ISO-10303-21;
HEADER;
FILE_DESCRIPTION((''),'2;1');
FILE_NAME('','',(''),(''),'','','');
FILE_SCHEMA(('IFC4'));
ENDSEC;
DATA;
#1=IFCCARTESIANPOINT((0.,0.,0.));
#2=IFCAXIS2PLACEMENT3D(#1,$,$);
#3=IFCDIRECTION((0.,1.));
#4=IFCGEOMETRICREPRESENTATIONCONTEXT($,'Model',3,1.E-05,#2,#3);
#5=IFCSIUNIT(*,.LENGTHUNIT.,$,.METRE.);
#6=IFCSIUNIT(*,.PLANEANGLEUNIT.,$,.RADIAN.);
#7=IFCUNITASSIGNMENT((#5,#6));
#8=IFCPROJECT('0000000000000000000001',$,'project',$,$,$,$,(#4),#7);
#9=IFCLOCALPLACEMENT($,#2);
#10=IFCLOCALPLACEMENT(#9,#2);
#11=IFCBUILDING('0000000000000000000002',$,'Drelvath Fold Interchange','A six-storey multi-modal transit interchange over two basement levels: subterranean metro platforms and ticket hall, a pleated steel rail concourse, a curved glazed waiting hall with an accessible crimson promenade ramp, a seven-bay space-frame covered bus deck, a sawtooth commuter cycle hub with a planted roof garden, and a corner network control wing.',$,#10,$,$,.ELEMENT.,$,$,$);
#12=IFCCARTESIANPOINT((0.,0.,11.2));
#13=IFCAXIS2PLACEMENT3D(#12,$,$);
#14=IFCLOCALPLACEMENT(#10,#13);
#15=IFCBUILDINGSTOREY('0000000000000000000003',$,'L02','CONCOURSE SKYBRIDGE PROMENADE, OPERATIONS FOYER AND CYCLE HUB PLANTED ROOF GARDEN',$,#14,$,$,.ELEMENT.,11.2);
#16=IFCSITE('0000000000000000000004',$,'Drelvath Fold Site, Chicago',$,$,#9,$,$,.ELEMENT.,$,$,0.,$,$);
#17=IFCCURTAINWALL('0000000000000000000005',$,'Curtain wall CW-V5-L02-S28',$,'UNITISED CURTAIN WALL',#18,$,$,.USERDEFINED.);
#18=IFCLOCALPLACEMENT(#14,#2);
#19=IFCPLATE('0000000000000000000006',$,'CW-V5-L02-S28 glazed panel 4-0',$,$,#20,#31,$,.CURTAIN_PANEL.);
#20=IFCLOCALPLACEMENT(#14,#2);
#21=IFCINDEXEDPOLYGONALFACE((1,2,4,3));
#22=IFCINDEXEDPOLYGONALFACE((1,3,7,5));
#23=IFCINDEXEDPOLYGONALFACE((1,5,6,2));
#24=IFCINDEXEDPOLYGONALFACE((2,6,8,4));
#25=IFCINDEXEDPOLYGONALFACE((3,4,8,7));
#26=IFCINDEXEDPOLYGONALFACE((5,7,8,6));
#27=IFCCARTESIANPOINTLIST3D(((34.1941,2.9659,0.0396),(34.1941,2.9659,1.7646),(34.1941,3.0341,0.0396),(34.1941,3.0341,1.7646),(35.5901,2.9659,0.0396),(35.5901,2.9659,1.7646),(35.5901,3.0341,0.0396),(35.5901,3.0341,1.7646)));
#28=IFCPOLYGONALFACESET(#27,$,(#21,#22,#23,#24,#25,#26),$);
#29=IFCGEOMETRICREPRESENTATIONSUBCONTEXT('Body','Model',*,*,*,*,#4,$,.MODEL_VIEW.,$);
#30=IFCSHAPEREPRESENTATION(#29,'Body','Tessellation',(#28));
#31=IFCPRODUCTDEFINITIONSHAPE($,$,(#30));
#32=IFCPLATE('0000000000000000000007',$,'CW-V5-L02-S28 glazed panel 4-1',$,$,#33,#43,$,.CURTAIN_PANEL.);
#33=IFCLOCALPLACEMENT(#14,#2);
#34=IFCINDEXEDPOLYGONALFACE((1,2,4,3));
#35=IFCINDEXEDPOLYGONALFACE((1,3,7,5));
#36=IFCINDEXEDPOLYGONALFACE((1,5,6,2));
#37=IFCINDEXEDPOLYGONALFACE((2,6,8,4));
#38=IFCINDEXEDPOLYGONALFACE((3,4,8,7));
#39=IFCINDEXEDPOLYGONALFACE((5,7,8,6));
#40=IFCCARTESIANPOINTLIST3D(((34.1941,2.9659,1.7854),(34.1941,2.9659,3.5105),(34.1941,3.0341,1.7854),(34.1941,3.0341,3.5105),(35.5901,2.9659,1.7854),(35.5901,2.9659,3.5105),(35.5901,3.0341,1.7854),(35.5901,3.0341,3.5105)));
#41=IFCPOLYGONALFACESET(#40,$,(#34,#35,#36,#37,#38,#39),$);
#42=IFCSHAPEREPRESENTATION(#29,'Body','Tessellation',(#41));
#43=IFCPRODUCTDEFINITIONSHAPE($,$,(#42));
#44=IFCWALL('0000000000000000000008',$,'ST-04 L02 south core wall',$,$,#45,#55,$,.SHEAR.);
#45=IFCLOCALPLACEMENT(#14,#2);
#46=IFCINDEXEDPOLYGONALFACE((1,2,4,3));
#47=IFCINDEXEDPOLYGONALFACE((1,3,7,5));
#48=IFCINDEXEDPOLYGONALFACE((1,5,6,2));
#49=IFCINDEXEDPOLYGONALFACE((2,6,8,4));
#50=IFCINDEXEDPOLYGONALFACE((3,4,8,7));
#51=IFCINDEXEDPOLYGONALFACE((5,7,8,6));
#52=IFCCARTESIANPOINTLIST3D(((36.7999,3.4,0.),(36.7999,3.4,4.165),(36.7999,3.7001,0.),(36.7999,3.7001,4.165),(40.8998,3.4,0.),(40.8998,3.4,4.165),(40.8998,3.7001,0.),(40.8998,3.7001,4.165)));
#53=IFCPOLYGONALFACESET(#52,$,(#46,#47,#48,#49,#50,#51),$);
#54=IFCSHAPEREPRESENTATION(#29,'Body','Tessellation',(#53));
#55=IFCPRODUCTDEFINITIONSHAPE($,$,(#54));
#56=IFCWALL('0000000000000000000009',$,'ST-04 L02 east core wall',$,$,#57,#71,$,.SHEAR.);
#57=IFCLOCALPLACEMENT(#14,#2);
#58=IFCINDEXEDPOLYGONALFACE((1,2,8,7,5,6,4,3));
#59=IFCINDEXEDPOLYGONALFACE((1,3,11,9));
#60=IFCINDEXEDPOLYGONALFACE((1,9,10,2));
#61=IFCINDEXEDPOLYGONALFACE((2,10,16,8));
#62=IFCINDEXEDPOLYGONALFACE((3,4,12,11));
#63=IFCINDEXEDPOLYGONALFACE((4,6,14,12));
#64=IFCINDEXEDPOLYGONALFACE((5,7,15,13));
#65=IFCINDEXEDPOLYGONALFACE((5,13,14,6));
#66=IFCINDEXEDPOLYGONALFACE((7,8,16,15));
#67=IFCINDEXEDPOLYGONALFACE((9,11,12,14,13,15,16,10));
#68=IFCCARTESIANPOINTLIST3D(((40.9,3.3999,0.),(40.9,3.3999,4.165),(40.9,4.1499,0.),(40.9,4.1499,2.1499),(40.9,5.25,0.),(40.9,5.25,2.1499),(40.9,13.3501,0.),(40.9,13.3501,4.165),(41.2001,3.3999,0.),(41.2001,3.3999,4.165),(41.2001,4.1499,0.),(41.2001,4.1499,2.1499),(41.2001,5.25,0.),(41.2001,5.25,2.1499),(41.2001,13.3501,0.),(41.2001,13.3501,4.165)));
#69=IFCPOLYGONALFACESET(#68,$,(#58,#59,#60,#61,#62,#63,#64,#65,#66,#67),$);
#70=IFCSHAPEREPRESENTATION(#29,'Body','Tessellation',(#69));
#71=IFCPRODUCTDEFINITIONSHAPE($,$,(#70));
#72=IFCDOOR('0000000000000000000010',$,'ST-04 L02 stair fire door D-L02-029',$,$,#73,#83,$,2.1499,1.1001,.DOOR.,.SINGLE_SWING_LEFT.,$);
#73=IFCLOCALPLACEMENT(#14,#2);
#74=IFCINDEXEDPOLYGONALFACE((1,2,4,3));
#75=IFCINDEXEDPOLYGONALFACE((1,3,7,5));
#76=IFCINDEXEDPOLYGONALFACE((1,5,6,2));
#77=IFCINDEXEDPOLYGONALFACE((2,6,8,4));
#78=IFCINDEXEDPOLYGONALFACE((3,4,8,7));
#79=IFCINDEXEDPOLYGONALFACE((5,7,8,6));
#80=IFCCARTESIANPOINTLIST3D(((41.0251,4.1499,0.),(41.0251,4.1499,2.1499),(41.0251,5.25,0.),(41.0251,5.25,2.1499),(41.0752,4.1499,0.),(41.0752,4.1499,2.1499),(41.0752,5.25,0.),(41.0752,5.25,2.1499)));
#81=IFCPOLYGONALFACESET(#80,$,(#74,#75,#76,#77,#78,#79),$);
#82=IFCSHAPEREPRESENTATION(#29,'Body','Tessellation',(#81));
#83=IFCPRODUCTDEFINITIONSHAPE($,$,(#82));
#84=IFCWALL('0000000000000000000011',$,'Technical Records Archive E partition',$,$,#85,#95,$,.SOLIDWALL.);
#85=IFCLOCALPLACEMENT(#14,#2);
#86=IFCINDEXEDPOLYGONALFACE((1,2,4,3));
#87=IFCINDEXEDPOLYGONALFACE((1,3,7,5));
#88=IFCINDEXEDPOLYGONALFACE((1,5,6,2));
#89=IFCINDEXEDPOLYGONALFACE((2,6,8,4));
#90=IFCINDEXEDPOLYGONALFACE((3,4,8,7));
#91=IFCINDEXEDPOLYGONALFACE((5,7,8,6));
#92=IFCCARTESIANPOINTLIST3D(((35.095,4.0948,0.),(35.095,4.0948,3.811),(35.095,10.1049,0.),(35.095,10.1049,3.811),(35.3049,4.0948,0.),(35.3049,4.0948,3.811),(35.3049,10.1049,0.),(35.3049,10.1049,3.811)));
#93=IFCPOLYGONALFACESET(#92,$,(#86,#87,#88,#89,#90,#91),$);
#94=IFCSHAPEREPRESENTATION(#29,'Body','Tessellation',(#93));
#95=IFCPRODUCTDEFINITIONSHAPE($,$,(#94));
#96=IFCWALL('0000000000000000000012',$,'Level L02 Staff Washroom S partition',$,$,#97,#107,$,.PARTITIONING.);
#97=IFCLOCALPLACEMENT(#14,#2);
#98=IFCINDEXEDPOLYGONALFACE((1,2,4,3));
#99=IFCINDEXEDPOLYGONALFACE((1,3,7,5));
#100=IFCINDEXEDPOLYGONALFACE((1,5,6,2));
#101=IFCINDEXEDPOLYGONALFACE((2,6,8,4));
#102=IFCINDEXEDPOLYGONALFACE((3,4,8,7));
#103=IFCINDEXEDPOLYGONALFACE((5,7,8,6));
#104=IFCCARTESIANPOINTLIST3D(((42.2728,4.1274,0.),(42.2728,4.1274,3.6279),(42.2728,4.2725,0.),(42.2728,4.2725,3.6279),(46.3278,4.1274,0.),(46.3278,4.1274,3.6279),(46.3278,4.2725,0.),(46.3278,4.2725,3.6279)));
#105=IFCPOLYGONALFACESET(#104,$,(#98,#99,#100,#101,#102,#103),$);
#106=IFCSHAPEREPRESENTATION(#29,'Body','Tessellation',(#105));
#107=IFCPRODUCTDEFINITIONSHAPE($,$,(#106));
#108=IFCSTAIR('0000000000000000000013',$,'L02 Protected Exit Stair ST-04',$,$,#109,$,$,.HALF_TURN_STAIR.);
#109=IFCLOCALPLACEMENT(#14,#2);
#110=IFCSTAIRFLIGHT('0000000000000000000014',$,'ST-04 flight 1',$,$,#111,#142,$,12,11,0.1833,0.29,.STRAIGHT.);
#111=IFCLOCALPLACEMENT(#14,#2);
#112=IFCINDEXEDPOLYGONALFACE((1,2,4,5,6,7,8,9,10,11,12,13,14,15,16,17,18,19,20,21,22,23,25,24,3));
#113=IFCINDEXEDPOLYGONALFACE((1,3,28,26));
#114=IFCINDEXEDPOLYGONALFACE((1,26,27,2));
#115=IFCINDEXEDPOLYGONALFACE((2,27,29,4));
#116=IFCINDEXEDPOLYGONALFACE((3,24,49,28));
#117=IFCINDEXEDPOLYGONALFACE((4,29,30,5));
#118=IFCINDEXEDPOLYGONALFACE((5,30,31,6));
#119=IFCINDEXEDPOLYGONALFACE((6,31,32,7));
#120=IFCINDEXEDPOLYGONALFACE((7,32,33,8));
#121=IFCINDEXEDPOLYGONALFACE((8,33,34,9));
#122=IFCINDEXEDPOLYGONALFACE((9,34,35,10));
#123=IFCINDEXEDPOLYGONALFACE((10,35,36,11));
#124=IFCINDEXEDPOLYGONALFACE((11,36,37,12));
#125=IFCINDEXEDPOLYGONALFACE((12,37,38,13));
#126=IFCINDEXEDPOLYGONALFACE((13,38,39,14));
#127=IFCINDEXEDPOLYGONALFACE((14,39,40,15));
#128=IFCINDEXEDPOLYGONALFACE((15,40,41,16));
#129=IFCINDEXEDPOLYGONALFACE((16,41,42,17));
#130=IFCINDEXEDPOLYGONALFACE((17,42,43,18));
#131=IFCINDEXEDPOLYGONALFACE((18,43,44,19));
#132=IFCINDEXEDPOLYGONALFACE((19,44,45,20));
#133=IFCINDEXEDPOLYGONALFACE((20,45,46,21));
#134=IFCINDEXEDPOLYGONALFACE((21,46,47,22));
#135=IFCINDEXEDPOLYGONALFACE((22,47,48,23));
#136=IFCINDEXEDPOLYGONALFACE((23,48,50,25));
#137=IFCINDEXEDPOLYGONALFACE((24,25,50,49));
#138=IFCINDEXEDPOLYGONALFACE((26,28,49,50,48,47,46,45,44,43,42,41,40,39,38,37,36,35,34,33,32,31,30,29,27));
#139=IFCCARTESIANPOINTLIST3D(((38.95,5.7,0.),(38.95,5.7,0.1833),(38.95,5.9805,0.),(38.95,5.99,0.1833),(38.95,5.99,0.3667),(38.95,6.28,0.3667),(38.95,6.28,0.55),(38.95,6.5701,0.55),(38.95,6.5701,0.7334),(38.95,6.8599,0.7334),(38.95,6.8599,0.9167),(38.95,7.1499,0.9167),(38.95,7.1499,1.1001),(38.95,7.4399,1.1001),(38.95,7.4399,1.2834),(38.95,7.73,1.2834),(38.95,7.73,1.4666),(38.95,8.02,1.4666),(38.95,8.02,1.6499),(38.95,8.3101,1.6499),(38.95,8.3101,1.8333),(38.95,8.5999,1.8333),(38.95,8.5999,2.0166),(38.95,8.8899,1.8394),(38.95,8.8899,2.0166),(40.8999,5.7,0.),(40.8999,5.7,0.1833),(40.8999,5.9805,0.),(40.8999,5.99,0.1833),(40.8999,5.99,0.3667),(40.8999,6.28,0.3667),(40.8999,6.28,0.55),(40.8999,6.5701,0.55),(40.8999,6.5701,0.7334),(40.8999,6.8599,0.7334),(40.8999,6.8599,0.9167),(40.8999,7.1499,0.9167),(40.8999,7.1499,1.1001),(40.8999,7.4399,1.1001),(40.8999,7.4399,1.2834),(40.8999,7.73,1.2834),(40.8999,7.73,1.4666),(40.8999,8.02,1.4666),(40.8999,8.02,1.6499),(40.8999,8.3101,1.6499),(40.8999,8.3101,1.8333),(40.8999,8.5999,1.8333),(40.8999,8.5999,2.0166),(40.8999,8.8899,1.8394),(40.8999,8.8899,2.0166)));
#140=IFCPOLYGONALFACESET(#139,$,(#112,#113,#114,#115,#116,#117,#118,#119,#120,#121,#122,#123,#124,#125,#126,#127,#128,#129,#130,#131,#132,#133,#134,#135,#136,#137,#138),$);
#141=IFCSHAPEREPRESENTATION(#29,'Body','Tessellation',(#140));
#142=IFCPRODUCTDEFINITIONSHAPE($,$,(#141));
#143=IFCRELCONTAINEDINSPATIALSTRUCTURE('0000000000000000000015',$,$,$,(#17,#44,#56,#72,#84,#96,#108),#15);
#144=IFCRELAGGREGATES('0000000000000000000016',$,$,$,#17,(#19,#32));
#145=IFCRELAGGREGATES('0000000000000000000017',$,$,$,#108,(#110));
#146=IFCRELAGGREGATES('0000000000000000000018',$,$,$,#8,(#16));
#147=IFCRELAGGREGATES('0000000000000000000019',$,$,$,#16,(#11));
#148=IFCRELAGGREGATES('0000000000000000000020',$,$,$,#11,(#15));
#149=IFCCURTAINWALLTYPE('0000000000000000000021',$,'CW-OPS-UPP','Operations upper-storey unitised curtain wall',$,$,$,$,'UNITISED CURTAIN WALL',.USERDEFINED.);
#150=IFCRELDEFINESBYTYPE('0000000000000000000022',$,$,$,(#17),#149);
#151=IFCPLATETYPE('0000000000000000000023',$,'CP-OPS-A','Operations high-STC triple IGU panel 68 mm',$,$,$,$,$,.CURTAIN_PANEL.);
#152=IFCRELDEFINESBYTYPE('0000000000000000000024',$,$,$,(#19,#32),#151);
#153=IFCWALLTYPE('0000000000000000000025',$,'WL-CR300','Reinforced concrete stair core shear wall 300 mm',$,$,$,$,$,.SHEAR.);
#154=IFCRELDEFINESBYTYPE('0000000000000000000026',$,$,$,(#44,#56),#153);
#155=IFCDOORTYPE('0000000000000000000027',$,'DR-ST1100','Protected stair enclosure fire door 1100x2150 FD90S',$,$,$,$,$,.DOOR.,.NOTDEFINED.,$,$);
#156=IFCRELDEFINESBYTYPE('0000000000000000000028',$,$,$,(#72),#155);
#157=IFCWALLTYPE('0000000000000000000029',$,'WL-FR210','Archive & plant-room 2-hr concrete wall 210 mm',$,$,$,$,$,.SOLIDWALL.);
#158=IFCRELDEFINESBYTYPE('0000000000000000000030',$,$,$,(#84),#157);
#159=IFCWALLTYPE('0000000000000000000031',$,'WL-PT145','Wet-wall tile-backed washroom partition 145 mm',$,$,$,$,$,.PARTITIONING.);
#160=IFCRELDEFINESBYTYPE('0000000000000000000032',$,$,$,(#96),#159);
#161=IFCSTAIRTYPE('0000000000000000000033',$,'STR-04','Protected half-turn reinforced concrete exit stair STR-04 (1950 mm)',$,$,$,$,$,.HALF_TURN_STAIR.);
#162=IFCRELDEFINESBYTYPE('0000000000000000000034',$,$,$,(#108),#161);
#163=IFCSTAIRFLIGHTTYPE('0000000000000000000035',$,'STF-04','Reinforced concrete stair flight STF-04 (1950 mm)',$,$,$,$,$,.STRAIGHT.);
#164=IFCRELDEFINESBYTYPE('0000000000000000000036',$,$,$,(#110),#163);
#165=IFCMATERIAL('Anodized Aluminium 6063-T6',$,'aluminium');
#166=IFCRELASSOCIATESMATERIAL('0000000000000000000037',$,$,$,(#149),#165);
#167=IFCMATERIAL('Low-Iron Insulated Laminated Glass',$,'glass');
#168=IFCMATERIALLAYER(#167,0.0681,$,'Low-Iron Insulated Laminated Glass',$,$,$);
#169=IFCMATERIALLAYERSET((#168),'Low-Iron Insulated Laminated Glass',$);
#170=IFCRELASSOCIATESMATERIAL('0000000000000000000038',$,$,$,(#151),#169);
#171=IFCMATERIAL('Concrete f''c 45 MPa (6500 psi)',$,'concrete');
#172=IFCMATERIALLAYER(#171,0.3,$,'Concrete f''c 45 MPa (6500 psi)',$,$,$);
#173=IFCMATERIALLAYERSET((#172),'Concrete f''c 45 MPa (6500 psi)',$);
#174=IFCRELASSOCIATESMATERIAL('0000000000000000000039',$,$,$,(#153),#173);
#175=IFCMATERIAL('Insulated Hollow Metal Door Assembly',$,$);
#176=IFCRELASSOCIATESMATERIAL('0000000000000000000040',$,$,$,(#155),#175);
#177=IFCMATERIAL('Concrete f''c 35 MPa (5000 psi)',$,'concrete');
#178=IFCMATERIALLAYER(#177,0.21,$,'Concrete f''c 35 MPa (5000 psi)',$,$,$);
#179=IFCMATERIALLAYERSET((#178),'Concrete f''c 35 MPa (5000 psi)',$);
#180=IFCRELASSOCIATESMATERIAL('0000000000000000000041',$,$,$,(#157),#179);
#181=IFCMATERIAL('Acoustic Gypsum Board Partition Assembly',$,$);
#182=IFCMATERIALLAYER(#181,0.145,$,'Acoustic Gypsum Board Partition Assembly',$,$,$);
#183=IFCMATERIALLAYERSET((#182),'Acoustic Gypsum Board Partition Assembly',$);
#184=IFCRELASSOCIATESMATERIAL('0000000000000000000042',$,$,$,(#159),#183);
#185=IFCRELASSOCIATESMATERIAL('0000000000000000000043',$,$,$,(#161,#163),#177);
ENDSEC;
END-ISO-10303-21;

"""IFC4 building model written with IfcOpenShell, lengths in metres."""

from ifc_helpers import new_model, si_unit, direction, frame, frame_2d, origin, origin_2d, place, context, subcontext, project, spatial, polyline, rectangle, outline, extrude, material, layer, layer_set, type_object, element, fill, aggregate, save


model = new_model("IFC4")

# Units and contexts
model_context = context("Model", 3, precision=1e-05, world=origin(), true_north=direction((0.0, 1.0)))
body_context = subcontext(model_context, "Body", "Model", "MODEL_VIEW")
ifc_project = project(units=[si_unit("LENGTHUNIT", "METRE"), si_unit("PLANEANGLEUNIT", "RADIAN")], contexts=[model_context])

# Site, building, storey
site_placement = place(None, origin())
site = spatial("IfcSite", under=ifc_project, at=site_placement, Name="Drelvath Fold Site, Chicago", CompositionType="ELEMENT", RefElevation=0.0)
building_placement = place(site_placement, origin())
building = spatial("IfcBuilding", under=site, at=building_placement, Name="Drelvath Fold Interchange", Description="A six-storey multi-modal transit interchange over two basement levels: subterranean metro platforms and ticket hall, a pleated steel rail concourse, a curved glazed waiting hall with an accessible crimson promenade ramp, a seven-bay space-frame covered bus deck, a sawtooth commuter cycle hub with a planted roof garden, and a corner network control wing.", CompositionType="ELEMENT")
storey_placement = place(building_placement, frame((0.0, 0.0, 11.2)))
storey = spatial("IfcBuildingStorey", under=building, at=storey_placement, Name="L02", Description="CONCOURSE SKYBRIDGE PROMENADE, OPERATIONS FOYER AND CYCLE HUB PLANTED ROOF GARDEN", CompositionType="ELEMENT", Elevation=11.2)

# Curtain wall, plates
ifc_material_1 = material(Name="Anodized Aluminium 6063-T6", Category="aluminium")
curtain_wall_type = type_object("IfcCurtainWallType", Name="CW-OPS-UPP", Description="Operations upper-storey unitised curtain wall", ElementType="UNITISED CURTAIN WALL", PredefinedType="USERDEFINED", material=ifc_material_1)
curtain_wall_placement = place(storey_placement, origin())
curtain_wall = element("IfcCurtainWall", 1, at=curtain_wall_placement, inside=storey, type_object=curtain_wall_type, Name="Curtain wall CW-V5-L02-S28", ObjectType="UNITISED CURTAIN WALL", PredefinedType="USERDEFINED")
ifc_material_2 = material(Name="Low-Iron Insulated Laminated Glass", Category="glass")
ifc_layer_1 = layer(ifc_material_2, 0.0681, Name="Low-Iron Insulated Laminated Glass")
ifc_layer_set_1 = layer_set([ifc_layer_1], Name="Low-Iron Insulated Laminated Glass")
plate_type = type_object("IfcPlateType", Name="CP-OPS-A", Description="Operations high-STC triple IGU panel 68 mm", PredefinedType="CURTAIN_PANEL", material=ifc_layer_set_1)
plate_1_placement = place(storey_placement, frame((34.8921, 3.0, 0.0396), z_axis=(0.0, 0.0, 1.0), x_axis=(1.0, 0.0, 0.0)))
plate_1 = element("IfcPlate", 2, at=plate_1_placement, type_object=plate_type, Name="CW-V5-L02-S28 glazed panel 4-0", PredefinedType="CURTAIN_PANEL", context=body_context, shape_type="SweptSolid", body=[
    extrude(rectangle(XDim=1.396, YDim=0.0681, at=origin_2d()), origin(), (0.0, 0.0, 1.0), 1.7251),
])
plate_2_placement = place(storey_placement, frame((34.8921, 3.0, 1.7854), z_axis=(0.0, 0.0, 1.0), x_axis=(1.0, 0.0, 0.0)))
plate_2 = element("IfcPlate", 3, at=plate_2_placement, type_object=plate_type, Name="CW-V5-L02-S28 glazed panel 4-1", PredefinedType="CURTAIN_PANEL", context=body_context, shape_type="SweptSolid", body=[
    extrude(rectangle(XDim=1.396, YDim=0.0681, at=origin_2d()), origin(), (0.0, 0.0, 1.0), 1.7251),
])
aggregate(curtain_wall, [plate_1, plate_2])

# Wall
ifc_material_3 = material(Name="Concrete f'c 45 MPa (6500 psi)", Category="concrete")
ifc_layer_2 = layer(ifc_material_3, 0.3, Name="Concrete f'c 45 MPa (6500 psi)")
ifc_layer_set_2 = layer_set([ifc_layer_2], Name="Concrete f'c 45 MPa (6500 psi)")
wall_type_1 = type_object("IfcWallType", Name="WL-CR300", Description="Reinforced concrete stair core shear wall 300 mm", PredefinedType="SHEAR", material=ifc_layer_set_2)
wall_1_placement = place(storey_placement, frame((36.8, 3.55, 0.0), z_axis=(0.0, 0.0, 1.0), x_axis=(1.0, 0.0, 0.0)))
element("IfcWall", 4, at=wall_1_placement, inside=storey, type_object=wall_type_1, Name="ST-04 L02 south core wall", PredefinedType="SHEAR", context=body_context, shape_type="SweptSolid", body=[
    extrude(rectangle(XDim=4.0999, YDim=0.3, at=frame_2d((2.0498, 0.0))), origin(), (0.0, 0.0, 1.0), 4.165),
])

# Wall, opening, door
wall_2_placement = place(storey_placement, frame((41.05, 3.3999, 0.0), z_axis=(0.0, 0.0, 1.0), x_axis=(0.0, 1.0, 0.0)))
wall_2 = element("IfcWall", 5, at=wall_2_placement, inside=storey, type_object=wall_type_1, Name="ST-04 L02 east core wall", PredefinedType="SHEAR", context=body_context, shape_type="SweptSolid", body=[
    extrude(rectangle(XDim=9.9502, YDim=0.3, at=frame_2d((4.9751, 0.0))), origin(), (0.0, 0.0, 1.0), 4.165),
])
opening_placement = place(wall_2_placement, frame((0.75, 0.0, 0.0)))
opening = element("IfcOpeningElement", 6, at=opening_placement, cuts=wall_2, PredefinedType="OPENING", context=body_context, shape_type="SweptSolid", body=[
    extrude(rectangle(XDim=1.1001, YDim=2.1499, at=frame_2d((0.55, 1.075))), frame((0.0, 0.1599, 0.0), z_axis=(0.0, -1.0, 0.0), x_axis=(1.0, 0.0, 0.0)), (0.0, 0.0, 1.0), 0.3201),
])
ifc_material_4 = material(Name="Insulated Hollow Metal Door Assembly")
door_type = type_object("IfcDoorType", Name="DR-ST1100", Description="Protected stair enclosure fire door 1100x2150 FD90S", OperationType="NOTDEFINED", PredefinedType="DOOR", material=ifc_material_4)
door_placement = place(opening_placement, origin())
door = element("IfcDoor", 7, at=door_placement, inside=storey, type_object=door_type, Name="ST-04 L02 stair fire door D-L02-029", OperationType="SINGLE_SWING_LEFT", OverallHeight=2.1499, OverallWidth=1.1001, PredefinedType="DOOR", context=body_context, shape_type="SweptSolid", body=[
    extrude(rectangle(XDim=1.1001, YDim=2.1499, at=frame_2d((0.55, 1.075))), frame((0.0, 0.0249, 0.0), z_axis=(0.0, -1.0, 0.0), x_axis=(1.0, 0.0, 0.0)), (0.0, 0.0, 1.0), 0.05),
])
fill(opening, door)

# Walls
ifc_material_5 = material(Name="Concrete f'c 35 MPa (5000 psi)", Category="concrete")
ifc_layer_3 = layer(ifc_material_5, 0.21, Name="Concrete f'c 35 MPa (5000 psi)")
ifc_layer_set_3 = layer_set([ifc_layer_3], Name="Concrete f'c 35 MPa (5000 psi)")
wall_type_2 = type_object("IfcWallType", Name="WL-FR210", Description="Archive & plant-room 2-hr concrete wall 210 mm", PredefinedType="SOLIDWALL", material=ifc_layer_set_3)
wall_3_placement = place(storey_placement, frame((35.2, 4.095, 0.0), z_axis=(0.0, 0.0, 1.0), x_axis=(0.0, 1.0, 0.0)))
element("IfcWall", 8, at=wall_3_placement, inside=storey, type_object=wall_type_2, Name="Technical Records Archive E partition", PredefinedType="SOLIDWALL", context=body_context, shape_type="SweptSolid", body=[
    extrude(rectangle(XDim=6.01, YDim=0.21, at=frame_2d((3.0049, 0.0))), origin(), (0.0, 0.0, 1.0), 3.811),
])
ifc_material_6 = material(Name="Acoustic Gypsum Board Partition Assembly")
ifc_layer_4 = layer(ifc_material_6, 0.145, Name="Acoustic Gypsum Board Partition Assembly")
ifc_layer_set_4 = layer_set([ifc_layer_4], Name="Acoustic Gypsum Board Partition Assembly")
wall_type_3 = type_object("IfcWallType", Name="WL-PT145", Description="Wet-wall tile-backed washroom partition 145 mm", PredefinedType="PARTITIONING", material=ifc_layer_set_4)
wall_4_placement = place(storey_placement, frame((42.2729, 4.2, 0.0), z_axis=(0.0, 0.0, 1.0), x_axis=(1.0, 0.0, 0.0)))
element("IfcWall", 9, at=wall_4_placement, inside=storey, type_object=wall_type_3, Name="Level L02 Staff Washroom S partition", PredefinedType="PARTITIONING", context=body_context, shape_type="SweptSolid", body=[
    extrude(rectangle(XDim=4.0549, YDim=0.145, at=frame_2d((2.0273, 0.0))), origin(), (0.0, 0.0, 1.0), 3.6279),
])

# Stair, stair flight
stair_type = type_object("IfcStairType", Name="STR-04", Description="Protected half-turn reinforced concrete exit stair STR-04 (1950 mm)", PredefinedType="HALF_TURN_STAIR", material=ifc_material_5)
stair_placement = place(storey_placement, origin())
stair = element("IfcStair", 10, at=stair_placement, inside=storey, type_object=stair_type, Name="L02 Protected Exit Stair ST-04", PredefinedType="HALF_TURN_STAIR")
stair_flight_type = type_object("IfcStairFlightType", Name="STF-04", Description="Reinforced concrete stair flight STF-04 (1950 mm)", PredefinedType="STRAIGHT", material=ifc_material_5)
stair_flight_placement = place(storey_placement, frame((39.925, 5.7, 0.0), z_axis=(0.0, 0.0, 1.0), x_axis=(0.0, 1.0, 0.0)))
stair_flight = element("IfcStairFlight", 11, at=stair_flight_placement, type_object=stair_flight_type, Name="ST-04 flight 1", NumberOfRisers=12, NumberOfTreads=11, PredefinedType="STRAIGHT", RiserHeight=0.1833, TreadLength=0.29, context=body_context, shape_type="SweptSolid", body=[
    extrude(outline(polyline([(0.0, 0.0), (0.0, 0.1833), (0.29, 0.1833), (0.29, 0.3667), (0.5801, 0.3667), (0.5801, 0.55), (0.8701, 0.55), (0.8701, 0.7334), (1.1599, 0.7334), (1.1599, 0.9167), (1.45, 0.9167), (1.45, 1.1001), (1.74, 1.1001), (1.74, 1.2834), (2.03, 1.2834), (2.03, 1.4666), (2.3201, 1.4666), (2.3201, 1.6499), (2.6101, 1.6499), (2.6101, 1.8333), (2.8999, 1.8333), (2.8999, 2.0166), (3.1899, 2.0166), (3.1899, 2.2), (3.1899, 1.8394), (0.2805, 0.0), (0.0, 0.0)])), frame((0.0, 0.9751, 0.0), z_axis=(0.0, -1.0, 0.0), x_axis=(1.0, 0.0, 0.0)), (0.0, 0.0, 1.0), 1.95),
])
aggregate(stair, [stair_flight])

save(model, "model.ifc")
